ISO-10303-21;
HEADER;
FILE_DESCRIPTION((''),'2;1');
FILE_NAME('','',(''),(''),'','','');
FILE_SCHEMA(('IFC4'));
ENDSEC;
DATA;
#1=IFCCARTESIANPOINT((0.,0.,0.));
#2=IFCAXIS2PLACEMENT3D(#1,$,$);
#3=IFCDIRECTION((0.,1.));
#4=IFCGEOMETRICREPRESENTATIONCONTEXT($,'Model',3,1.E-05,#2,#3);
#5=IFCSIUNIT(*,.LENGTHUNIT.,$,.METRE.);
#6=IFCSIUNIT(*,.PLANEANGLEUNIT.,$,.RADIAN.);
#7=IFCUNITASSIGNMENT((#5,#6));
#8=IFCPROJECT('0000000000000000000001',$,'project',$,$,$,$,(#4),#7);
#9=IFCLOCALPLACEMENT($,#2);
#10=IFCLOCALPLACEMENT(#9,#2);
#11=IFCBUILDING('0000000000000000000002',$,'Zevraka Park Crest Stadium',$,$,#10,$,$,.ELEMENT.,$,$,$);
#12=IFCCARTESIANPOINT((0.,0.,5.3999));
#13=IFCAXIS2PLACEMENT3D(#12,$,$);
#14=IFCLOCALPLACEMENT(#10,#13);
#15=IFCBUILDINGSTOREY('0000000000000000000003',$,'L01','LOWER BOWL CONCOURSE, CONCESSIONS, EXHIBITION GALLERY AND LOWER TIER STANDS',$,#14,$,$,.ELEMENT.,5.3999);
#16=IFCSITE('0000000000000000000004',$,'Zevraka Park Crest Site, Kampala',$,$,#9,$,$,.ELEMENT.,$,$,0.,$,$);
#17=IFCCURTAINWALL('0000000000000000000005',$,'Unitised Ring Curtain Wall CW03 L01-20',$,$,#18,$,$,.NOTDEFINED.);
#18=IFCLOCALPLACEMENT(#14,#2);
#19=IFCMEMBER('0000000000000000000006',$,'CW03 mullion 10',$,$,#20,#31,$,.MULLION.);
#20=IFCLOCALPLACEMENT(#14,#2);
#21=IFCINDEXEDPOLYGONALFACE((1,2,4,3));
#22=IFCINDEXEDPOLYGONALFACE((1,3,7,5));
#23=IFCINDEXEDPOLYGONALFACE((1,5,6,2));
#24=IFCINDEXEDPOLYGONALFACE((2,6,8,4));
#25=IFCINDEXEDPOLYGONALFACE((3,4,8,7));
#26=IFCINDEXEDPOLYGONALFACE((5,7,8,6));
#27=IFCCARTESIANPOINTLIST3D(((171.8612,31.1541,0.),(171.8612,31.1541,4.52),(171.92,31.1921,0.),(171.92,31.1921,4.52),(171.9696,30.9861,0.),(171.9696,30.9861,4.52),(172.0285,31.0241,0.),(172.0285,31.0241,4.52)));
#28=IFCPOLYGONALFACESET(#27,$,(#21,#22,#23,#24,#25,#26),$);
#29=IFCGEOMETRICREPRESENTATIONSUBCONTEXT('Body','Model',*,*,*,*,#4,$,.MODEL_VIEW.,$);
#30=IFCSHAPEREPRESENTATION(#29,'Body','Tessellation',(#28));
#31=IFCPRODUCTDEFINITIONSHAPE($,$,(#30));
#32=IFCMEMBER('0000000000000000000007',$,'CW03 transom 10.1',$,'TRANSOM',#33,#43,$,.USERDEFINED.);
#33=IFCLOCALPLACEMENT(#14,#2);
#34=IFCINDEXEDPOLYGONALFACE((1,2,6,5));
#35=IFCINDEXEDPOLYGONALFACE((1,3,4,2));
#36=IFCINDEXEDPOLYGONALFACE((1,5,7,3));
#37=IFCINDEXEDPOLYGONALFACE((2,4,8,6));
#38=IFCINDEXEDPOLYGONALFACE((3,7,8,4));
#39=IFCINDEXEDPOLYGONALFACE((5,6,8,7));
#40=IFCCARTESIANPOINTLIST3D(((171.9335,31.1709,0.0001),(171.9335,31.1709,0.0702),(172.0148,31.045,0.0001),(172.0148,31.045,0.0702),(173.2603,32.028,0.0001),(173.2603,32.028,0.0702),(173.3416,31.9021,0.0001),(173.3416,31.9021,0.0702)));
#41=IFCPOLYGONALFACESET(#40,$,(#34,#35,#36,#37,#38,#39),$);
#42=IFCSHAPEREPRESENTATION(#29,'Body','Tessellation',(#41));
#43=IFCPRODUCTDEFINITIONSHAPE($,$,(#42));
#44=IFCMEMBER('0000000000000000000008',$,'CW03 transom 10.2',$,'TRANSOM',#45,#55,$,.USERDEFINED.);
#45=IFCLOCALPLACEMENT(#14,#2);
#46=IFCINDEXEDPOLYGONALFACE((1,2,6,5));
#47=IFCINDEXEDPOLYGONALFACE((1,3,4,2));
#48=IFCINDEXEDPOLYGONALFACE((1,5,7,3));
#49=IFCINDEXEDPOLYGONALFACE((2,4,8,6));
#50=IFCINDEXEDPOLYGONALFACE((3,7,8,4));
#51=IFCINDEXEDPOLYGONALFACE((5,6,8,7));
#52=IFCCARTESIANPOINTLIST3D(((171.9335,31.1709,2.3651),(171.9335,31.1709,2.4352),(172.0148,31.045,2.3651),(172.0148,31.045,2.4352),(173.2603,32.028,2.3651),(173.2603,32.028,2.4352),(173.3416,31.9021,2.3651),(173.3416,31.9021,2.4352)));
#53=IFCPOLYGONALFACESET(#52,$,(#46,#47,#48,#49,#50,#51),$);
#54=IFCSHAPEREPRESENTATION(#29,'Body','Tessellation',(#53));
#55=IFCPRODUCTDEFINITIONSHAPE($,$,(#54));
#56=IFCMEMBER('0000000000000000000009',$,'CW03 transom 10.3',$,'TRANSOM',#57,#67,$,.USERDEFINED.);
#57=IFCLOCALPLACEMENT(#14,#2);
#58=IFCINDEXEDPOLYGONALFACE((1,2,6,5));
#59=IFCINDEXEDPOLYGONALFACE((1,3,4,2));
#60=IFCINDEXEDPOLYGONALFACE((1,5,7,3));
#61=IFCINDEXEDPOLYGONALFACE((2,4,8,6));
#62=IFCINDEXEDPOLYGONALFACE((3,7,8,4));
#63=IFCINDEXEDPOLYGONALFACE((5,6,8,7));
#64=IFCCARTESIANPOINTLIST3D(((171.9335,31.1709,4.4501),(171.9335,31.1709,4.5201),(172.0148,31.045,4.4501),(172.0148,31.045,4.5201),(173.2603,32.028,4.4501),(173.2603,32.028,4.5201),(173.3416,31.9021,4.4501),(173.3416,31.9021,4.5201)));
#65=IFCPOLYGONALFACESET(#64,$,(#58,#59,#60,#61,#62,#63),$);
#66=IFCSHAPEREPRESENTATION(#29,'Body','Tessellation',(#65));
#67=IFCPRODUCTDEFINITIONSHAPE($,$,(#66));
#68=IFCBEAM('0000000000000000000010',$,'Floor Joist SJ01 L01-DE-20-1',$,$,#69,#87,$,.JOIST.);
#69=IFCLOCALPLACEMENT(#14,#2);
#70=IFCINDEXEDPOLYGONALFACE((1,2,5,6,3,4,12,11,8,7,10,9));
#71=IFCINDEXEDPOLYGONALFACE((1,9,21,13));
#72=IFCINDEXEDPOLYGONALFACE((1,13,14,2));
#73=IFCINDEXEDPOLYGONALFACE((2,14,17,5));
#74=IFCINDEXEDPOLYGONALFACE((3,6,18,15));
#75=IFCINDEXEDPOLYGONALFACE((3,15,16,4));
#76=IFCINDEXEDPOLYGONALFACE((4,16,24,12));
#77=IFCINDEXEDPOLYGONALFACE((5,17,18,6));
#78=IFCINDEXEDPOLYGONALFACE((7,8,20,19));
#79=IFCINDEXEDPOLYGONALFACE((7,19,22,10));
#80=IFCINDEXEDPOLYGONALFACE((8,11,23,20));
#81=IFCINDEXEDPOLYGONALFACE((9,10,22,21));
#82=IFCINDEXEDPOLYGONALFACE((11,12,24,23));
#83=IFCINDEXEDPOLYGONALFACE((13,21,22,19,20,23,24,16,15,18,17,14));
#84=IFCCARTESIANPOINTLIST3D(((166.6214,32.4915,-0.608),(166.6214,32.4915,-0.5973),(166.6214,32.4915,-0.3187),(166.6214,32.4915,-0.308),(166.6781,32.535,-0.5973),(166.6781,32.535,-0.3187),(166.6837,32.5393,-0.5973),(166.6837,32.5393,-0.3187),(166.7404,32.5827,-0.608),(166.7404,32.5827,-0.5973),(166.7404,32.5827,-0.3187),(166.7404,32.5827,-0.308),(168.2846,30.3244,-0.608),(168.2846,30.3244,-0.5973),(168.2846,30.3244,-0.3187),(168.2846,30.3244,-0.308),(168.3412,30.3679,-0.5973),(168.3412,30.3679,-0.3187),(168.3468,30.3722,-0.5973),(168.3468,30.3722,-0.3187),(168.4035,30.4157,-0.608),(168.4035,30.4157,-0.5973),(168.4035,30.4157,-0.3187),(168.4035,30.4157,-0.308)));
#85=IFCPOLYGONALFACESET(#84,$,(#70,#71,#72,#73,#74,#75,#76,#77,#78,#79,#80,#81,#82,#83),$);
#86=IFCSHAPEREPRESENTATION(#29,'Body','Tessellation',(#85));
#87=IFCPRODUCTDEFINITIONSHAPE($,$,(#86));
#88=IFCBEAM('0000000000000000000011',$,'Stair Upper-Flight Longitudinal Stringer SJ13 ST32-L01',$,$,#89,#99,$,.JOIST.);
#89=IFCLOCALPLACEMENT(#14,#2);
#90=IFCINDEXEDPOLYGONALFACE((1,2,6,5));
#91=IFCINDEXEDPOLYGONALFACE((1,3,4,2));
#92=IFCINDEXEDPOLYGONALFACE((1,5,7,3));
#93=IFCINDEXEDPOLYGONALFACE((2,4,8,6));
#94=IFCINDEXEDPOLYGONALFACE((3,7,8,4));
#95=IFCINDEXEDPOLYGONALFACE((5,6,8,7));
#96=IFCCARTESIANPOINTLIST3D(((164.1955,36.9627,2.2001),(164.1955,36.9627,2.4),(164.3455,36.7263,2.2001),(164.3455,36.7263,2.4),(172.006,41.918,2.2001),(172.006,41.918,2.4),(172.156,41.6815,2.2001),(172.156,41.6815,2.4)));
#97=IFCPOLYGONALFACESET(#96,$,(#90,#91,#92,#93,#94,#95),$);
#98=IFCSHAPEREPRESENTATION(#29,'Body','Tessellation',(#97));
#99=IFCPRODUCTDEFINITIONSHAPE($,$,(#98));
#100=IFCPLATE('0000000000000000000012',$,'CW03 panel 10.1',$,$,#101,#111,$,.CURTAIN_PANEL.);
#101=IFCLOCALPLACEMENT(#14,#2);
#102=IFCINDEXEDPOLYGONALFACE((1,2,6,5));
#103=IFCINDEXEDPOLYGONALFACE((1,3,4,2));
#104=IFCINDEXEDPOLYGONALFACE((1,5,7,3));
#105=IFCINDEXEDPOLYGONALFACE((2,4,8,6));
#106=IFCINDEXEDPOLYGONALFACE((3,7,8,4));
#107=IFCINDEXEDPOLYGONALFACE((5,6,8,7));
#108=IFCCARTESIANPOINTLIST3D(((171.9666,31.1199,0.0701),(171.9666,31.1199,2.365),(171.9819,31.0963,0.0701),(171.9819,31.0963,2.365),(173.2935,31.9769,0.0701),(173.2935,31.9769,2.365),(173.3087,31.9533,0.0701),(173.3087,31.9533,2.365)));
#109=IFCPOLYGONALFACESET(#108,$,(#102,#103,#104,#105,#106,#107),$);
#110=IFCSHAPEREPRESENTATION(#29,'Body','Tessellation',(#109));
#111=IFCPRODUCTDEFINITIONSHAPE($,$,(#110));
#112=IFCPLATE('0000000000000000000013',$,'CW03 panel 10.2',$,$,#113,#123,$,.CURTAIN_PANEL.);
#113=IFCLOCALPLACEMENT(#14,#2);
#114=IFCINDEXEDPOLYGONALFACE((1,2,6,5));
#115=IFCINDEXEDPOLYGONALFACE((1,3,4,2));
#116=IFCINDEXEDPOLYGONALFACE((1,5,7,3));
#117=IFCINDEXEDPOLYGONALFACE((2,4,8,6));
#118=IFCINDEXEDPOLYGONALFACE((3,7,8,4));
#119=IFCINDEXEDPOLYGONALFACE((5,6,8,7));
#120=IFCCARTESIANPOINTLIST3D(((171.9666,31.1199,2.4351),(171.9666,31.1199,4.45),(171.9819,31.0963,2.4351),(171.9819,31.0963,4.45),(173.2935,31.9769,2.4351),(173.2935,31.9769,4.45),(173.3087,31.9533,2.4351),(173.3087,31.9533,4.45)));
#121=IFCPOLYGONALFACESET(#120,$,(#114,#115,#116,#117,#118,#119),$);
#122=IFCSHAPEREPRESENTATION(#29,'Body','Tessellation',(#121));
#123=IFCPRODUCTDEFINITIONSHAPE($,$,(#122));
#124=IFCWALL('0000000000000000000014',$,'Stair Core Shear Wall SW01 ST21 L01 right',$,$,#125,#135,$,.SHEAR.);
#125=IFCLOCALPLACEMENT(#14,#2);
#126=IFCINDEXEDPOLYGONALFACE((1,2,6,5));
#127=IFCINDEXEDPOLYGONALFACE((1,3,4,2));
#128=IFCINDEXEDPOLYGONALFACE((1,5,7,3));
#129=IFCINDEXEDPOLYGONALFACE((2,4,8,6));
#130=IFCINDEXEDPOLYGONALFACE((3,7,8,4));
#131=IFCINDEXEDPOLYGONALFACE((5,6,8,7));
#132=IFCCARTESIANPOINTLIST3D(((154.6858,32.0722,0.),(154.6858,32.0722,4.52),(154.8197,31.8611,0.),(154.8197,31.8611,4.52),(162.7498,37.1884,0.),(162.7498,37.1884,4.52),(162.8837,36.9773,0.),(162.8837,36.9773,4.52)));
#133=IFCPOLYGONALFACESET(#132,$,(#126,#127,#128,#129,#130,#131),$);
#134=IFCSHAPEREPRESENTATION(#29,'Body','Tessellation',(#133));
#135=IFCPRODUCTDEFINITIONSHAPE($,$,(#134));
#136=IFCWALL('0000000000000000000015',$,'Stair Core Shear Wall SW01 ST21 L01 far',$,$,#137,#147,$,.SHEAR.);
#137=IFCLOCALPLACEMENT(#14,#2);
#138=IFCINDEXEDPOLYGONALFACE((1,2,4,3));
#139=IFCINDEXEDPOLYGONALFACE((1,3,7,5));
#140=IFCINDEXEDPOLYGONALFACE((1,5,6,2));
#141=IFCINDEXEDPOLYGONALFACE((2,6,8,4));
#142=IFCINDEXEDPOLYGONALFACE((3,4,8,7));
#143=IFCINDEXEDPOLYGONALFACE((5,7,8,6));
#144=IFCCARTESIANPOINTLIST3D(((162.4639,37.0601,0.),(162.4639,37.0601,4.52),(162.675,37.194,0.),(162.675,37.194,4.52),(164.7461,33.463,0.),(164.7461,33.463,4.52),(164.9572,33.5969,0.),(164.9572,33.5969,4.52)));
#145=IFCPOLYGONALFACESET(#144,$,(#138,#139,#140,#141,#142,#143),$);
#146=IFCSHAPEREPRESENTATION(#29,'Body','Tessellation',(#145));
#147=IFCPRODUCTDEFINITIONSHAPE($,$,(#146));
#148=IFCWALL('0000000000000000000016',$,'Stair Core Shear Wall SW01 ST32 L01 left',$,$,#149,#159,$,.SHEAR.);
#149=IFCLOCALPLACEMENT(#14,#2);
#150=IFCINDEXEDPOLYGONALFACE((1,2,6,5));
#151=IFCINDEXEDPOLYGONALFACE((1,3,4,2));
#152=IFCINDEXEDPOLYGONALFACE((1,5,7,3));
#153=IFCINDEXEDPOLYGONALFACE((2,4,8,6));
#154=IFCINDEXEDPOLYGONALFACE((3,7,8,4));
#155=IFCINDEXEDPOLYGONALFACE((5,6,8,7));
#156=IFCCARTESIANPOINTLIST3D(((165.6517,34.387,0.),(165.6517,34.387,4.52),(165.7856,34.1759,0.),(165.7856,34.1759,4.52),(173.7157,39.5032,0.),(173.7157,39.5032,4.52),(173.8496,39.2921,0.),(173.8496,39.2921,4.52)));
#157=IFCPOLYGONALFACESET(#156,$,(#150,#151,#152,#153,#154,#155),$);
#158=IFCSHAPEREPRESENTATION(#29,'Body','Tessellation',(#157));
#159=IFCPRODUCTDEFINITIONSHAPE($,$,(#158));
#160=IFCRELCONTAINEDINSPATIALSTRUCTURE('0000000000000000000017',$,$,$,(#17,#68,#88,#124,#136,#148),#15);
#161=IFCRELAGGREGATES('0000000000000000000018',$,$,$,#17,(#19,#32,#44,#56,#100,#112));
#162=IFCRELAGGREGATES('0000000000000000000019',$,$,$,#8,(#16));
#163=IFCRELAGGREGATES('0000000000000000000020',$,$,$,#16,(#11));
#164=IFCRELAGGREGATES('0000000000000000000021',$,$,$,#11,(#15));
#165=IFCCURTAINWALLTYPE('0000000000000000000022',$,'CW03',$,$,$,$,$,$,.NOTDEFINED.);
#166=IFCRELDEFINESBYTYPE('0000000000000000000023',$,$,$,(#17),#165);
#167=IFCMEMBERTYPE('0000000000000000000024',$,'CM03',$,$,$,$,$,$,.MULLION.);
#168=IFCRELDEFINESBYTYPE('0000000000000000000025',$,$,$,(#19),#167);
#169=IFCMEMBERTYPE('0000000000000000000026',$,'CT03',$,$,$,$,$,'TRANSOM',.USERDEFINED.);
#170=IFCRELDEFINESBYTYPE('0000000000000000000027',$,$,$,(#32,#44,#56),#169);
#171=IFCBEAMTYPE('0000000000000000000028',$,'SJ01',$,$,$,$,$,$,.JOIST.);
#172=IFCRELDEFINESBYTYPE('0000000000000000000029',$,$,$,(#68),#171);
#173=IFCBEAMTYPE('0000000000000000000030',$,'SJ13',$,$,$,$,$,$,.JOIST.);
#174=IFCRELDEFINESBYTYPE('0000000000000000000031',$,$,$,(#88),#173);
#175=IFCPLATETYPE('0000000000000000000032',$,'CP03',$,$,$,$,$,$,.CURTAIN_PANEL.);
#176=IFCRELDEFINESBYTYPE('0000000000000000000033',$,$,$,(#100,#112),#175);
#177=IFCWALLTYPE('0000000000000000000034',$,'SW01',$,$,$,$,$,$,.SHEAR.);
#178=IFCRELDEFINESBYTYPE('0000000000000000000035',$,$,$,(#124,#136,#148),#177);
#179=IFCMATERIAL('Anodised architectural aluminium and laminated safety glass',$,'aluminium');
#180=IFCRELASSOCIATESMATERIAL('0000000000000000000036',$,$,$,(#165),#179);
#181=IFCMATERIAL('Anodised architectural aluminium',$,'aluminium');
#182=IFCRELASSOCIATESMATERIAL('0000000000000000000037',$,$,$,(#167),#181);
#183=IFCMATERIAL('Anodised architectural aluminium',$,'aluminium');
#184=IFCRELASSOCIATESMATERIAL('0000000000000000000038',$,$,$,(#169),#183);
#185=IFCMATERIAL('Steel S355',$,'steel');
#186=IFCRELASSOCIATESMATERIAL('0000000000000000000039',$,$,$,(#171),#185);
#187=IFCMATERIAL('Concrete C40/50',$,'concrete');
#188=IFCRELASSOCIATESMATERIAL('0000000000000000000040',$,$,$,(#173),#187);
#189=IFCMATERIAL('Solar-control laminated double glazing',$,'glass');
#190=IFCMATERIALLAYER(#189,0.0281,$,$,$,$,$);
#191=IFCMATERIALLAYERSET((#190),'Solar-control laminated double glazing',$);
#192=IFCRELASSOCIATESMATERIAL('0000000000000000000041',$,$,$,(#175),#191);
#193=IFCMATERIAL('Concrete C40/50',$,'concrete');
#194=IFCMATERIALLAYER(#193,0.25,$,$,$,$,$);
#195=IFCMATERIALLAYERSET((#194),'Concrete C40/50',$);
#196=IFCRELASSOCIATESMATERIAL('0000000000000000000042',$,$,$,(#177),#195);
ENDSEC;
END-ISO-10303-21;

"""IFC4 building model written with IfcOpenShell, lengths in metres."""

from ifc_helpers import new_model, si_unit, direction, frame, frame_2d, origin, origin_2d, place, context, subcontext, project, spatial, rectangle, i_section, extrude, material, layer, layer_set, material_profile, profile_set, type_object, element, aggregate, save


model = new_model("IFC4")

# Units and contexts
model_context = context("Model", 3, precision=1e-05, world=origin(), true_north=direction((0.0, 1.0)))
body_context = subcontext(model_context, "Body", "Model", "MODEL_VIEW")
ifc_project = project(units=[si_unit("LENGTHUNIT", "METRE"), si_unit("PLANEANGLEUNIT", "RADIAN")], contexts=[model_context])

# Site, building, storey
site_placement = place(None, origin())
site = spatial("IfcSite", under=ifc_project, at=site_placement, Name="Zevraka Park Crest Site, Kampala", CompositionType="ELEMENT", RefElevation=0.0)
building_placement = place(site_placement, origin())
building = spatial("IfcBuilding", under=site, at=building_placement, Name="Zevraka Park Crest Stadium", CompositionType="ELEMENT")
storey_placement = place(building_placement, frame((0.0, 0.0, 5.3999)))
storey = spatial("IfcBuildingStorey", under=building, at=storey_placement, Name="L01", Description="LOWER BOWL CONCOURSE, CONCESSIONS, EXHIBITION GALLERY AND LOWER TIER STANDS", CompositionType="ELEMENT", Elevation=5.3999)

# Curtain wall, members
ifc_material_1 = material(Name="Anodised architectural aluminium and laminated safety glass", Category="aluminium")
curtain_wall_type = type_object("IfcCurtainWallType", Name="CW03", PredefinedType="NOTDEFINED", material=ifc_material_1)
curtain_wall_placement = place(storey_placement, origin())
curtain_wall = element("IfcCurtainWall", 1, at=curtain_wall_placement, inside=storey, type_object=curtain_wall_type, Name="Unitised Ring Curtain Wall CW03 L01-20", PredefinedType="NOTDEFINED")
ifc_material_2 = material(Name="Anodised architectural aluminium", Category="aluminium")
ifc_material_profile_1 = material_profile(ifc_material_2, rectangle(XDim=0.2, YDim=0.0701, at=origin_2d()), Name="ALU MULLION 200x70")
ifc_profile_set_1 = profile_set([ifc_material_profile_1], Name="Anodised architectural aluminium")
member_type_1 = type_object("IfcMemberType", Name="CM03", PredefinedType="MULLION", material=ifc_profile_set_1)
member_1_placement = place(storey_placement, frame((171.9448, 31.0891, 0.0), z_axis=(0.0, 0.0, 1.0), x_axis=(-0.542571, 0.84001, 0.0)))
member_1 = element("IfcMember", 2, at=member_1_placement, type_object=member_type_1, Name="CW03 mullion 10", PredefinedType="MULLION", context=body_context, shape_type="SweptSolid", body=[
    extrude(rectangle(XDim=0.2, YDim=0.0701, at=origin_2d()), origin(), (0.0, 0.0, 1.0), 4.52),
])
ifc_material_3 = material(Name="Anodised architectural aluminium", Category="aluminium")
ifc_material_profile_2 = material_profile(ifc_material_3, rectangle(XDim=0.1499, YDim=0.0701, at=origin_2d()), Name="ALU TRANSOM 150x70")
ifc_profile_set_2 = profile_set([ifc_material_profile_2], Name="Anodised architectural aluminium")
member_type_2 = type_object("IfcMemberType", Name="CT03", ElementType="TRANSOM", PredefinedType="USERDEFINED", material=ifc_profile_set_2)
member_2_placement = place(storey_placement, frame((171.9741, 31.1079, 0.0352), z_axis=(0.839976, 0.542623, 0.0), x_axis=(-0.542623, 0.839976, 0.0)))
member_2 = element("IfcMember", 3, at=member_2_placement, type_object=member_type_2, Name="CW03 transom 10.1", ObjectType="TRANSOM", PredefinedType="USERDEFINED", context=body_context, shape_type="SweptSolid", body=[
    extrude(rectangle(XDim=0.1499, YDim=0.0701, at=origin_2d()), origin(), (0.0, 0.0, 1.0), 1.5796),
])
member_3_placement = place(storey_placement, frame((171.9741, 31.1079, 2.4001), z_axis=(0.839976, 0.542623, 0.0), x_axis=(-0.542623, 0.839976, 0.0)))
member_3 = element("IfcMember", 4, at=member_3_placement, type_object=member_type_2, Name="CW03 transom 10.2", ObjectType="TRANSOM", PredefinedType="USERDEFINED", context=body_context, shape_type="SweptSolid", body=[
    extrude(rectangle(XDim=0.1499, YDim=0.0701, at=origin_2d()), origin(), (0.0, 0.0, 1.0), 1.5796),
])
member_4_placement = place(storey_placement, frame((171.9741, 31.1079, 4.4851), z_axis=(0.839976, 0.542623, 0.0), x_axis=(-0.542623, 0.839976, 0.0)))
member_4 = element("IfcMember", 5, at=member_4_placement, type_object=member_type_2, Name="CW03 transom 10.3", ObjectType="TRANSOM", PredefinedType="USERDEFINED", context=body_context, shape_type="SweptSolid", body=[
    extrude(rectangle(XDim=0.1499, YDim=0.0701, at=origin_2d()), origin(), (0.0, 0.0, 1.0), 1.5796),
])

# Beams
ifc_material_4 = material(Name="Steel S355", Category="steel")
ifc_material_profile_3 = material_profile(ifc_material_4, i_section(OverallWidth=0.1499, OverallDepth=0.3, WebThickness=0.0071, FlangeThickness=0.0107, at=origin_2d()), Name="IPE 300")
ifc_profile_set_3 = profile_set([ifc_material_profile_3], Name="Steel S355")
beam_type_1 = type_object("IfcBeamType", Name="SJ01", PredefinedType="JOIST", material=ifc_profile_set_3)
beam_1_placement = place(storey_placement, frame((166.6809, 32.5371, -0.458), z_axis=(0.608829, -0.793301, 0.0), x_axis=(0.793301, 0.608829, 0.0)))
element("IfcBeam", 6, at=beam_1_placement, inside=storey, type_object=beam_type_1, Name="Floor Joist SJ01 L01-DE-20-1", PredefinedType="JOIST", context=body_context, shape_type="SweptSolid", body=[
    extrude(i_section(OverallWidth=0.1499, OverallDepth=0.3, WebThickness=0.0071, FlangeThickness=0.0107, at=origin_2d()), origin(), (0.0, 0.0, 1.0), 2.7317),
])
ifc_material_5 = material(Name="Concrete C40/50", Category="concrete")
ifc_material_profile_4 = material_profile(ifc_material_5, rectangle(XDim=0.28, YDim=0.2, at=origin_2d()), Name="RC 200x280")
ifc_profile_set_4 = profile_set([ifc_material_profile_4], Name="Concrete C40/50")
beam_type_2 = type_object("IfcBeamType", Name="SJ13", PredefinedType="JOIST", material=ifc_profile_set_4)
beam_2_placement = place(storey_placement, frame((164.2705, 36.8445, 2.3), z_axis=(0.844396, 0.535719, 0.0), x_axis=(-0.535719, 0.844396, 0.0)))
element("IfcBeam", 7, at=beam_2_placement, inside=storey, type_object=beam_type_2, Name="Stair Upper-Flight Longitudinal Stringer SJ13 ST32-L01", PredefinedType="JOIST", context=body_context, shape_type="SweptSolid", body=[
    extrude(rectangle(XDim=0.28, YDim=0.2, at=origin_2d()), origin(), (0.0, 0.0, 1.0), 9.2498),
])

# Plates
ifc_material_6 = material(Name="Solar-control laminated double glazing", Category="glass")
ifc_layer_1 = layer(ifc_material_6, 0.0281)
ifc_layer_set_1 = layer_set([ifc_layer_1], Name="Solar-control laminated double glazing")
plate_type = type_object("IfcPlateType", Name="CP03", PredefinedType="CURTAIN_PANEL", material=ifc_layer_set_1)
plate_1_placement = place(storey_placement, frame((172.6377, 31.5366, 0.0701), z_axis=(0.0, 0.0, 1.0), x_axis=(0.84001, 0.542571, 0.0)))
plate_1 = element("IfcPlate", 8, at=plate_1_placement, type_object=plate_type, Name="CW03 panel 10.1", PredefinedType="CURTAIN_PANEL", context=body_context, shape_type="SweptSolid", body=[
    extrude(rectangle(XDim=1.5796, YDim=0.0281, at=origin_2d()), origin(), (0.0, 0.0, 1.0), 2.2949),
])
plate_2_placement = place(storey_placement, frame((172.6377, 31.5366, 2.4351), z_axis=(0.0, 0.0, 1.0), x_axis=(0.84001, 0.542571, 0.0)))
plate_2 = element("IfcPlate", 9, at=plate_2_placement, type_object=plate_type, Name="CW03 panel 10.2", PredefinedType="CURTAIN_PANEL", context=body_context, shape_type="SweptSolid", body=[
    extrude(rectangle(XDim=1.5796, YDim=0.0281, at=origin_2d()), origin(), (0.0, 0.0, 1.0), 2.0149),
])
aggregate(curtain_wall, [member_1, member_2, member_3, member_4, plate_1, plate_2])

# Walls
ifc_material_7 = material(Name="Concrete C40/50", Category="concrete")
ifc_layer_2 = layer(ifc_material_7, 0.25)
ifc_layer_set_2 = layer_set([ifc_layer_2], Name="Concrete C40/50")
wall_type = type_object("IfcWallType", Name="SW01", PredefinedType="SHEAR", material=ifc_layer_set_2)
wall_1_placement = place(storey_placement, frame((162.8167, 37.0828, 0.0), z_axis=(0.0, 0.0, 1.0), x_axis=(-0.844391, -0.535727, 0.0)))
element("IfcWall", 10, at=wall_1_placement, inside=storey, type_object=wall_type, Name="Stair Core Shear Wall SW01 ST21 L01 right", PredefinedType="SHEAR", context=body_context, shape_type="SweptSolid", body=[
    extrude(rectangle(XDim=9.55, YDim=0.25, at=frame_2d((4.7749, 0.0))), origin(), (0.0, 0.0, 1.0), 4.52),
])
wall_2_placement = place(storey_placement, frame((164.8516, 33.53, 0.0), z_axis=(0.0, 0.0, 1.0), x_axis=(-0.535725, 0.844392, 0.0)))
element("IfcWall", 11, at=wall_2_placement, inside=storey, type_object=wall_type, Name="Stair Core Shear Wall SW01 ST21 L01 far", PredefinedType="SHEAR", context=body_context, shape_type="SweptSolid", body=[
    extrude(rectangle(XDim=4.26, YDim=0.25, at=frame_2d((2.1299, 0.0))), origin(), (0.0, 0.0, 1.0), 4.52),
])
wall_3_placement = place(storey_placement, frame((165.7188, 34.2815, 0.0), z_axis=(0.0, 0.0, 1.0), x_axis=(0.844391, 0.535727, 0.0)))
element("IfcWall", 12, at=wall_3_placement, inside=storey, type_object=wall_type, Name="Stair Core Shear Wall SW01 ST32 L01 left", PredefinedType="SHEAR", context=body_context, shape_type="SweptSolid", body=[
    extrude(rectangle(XDim=9.55, YDim=0.25, at=frame_2d((4.7749, 0.0))), origin(), (0.0, 0.0, 1.0), 4.52),
])

save(model, "model.ifc")
